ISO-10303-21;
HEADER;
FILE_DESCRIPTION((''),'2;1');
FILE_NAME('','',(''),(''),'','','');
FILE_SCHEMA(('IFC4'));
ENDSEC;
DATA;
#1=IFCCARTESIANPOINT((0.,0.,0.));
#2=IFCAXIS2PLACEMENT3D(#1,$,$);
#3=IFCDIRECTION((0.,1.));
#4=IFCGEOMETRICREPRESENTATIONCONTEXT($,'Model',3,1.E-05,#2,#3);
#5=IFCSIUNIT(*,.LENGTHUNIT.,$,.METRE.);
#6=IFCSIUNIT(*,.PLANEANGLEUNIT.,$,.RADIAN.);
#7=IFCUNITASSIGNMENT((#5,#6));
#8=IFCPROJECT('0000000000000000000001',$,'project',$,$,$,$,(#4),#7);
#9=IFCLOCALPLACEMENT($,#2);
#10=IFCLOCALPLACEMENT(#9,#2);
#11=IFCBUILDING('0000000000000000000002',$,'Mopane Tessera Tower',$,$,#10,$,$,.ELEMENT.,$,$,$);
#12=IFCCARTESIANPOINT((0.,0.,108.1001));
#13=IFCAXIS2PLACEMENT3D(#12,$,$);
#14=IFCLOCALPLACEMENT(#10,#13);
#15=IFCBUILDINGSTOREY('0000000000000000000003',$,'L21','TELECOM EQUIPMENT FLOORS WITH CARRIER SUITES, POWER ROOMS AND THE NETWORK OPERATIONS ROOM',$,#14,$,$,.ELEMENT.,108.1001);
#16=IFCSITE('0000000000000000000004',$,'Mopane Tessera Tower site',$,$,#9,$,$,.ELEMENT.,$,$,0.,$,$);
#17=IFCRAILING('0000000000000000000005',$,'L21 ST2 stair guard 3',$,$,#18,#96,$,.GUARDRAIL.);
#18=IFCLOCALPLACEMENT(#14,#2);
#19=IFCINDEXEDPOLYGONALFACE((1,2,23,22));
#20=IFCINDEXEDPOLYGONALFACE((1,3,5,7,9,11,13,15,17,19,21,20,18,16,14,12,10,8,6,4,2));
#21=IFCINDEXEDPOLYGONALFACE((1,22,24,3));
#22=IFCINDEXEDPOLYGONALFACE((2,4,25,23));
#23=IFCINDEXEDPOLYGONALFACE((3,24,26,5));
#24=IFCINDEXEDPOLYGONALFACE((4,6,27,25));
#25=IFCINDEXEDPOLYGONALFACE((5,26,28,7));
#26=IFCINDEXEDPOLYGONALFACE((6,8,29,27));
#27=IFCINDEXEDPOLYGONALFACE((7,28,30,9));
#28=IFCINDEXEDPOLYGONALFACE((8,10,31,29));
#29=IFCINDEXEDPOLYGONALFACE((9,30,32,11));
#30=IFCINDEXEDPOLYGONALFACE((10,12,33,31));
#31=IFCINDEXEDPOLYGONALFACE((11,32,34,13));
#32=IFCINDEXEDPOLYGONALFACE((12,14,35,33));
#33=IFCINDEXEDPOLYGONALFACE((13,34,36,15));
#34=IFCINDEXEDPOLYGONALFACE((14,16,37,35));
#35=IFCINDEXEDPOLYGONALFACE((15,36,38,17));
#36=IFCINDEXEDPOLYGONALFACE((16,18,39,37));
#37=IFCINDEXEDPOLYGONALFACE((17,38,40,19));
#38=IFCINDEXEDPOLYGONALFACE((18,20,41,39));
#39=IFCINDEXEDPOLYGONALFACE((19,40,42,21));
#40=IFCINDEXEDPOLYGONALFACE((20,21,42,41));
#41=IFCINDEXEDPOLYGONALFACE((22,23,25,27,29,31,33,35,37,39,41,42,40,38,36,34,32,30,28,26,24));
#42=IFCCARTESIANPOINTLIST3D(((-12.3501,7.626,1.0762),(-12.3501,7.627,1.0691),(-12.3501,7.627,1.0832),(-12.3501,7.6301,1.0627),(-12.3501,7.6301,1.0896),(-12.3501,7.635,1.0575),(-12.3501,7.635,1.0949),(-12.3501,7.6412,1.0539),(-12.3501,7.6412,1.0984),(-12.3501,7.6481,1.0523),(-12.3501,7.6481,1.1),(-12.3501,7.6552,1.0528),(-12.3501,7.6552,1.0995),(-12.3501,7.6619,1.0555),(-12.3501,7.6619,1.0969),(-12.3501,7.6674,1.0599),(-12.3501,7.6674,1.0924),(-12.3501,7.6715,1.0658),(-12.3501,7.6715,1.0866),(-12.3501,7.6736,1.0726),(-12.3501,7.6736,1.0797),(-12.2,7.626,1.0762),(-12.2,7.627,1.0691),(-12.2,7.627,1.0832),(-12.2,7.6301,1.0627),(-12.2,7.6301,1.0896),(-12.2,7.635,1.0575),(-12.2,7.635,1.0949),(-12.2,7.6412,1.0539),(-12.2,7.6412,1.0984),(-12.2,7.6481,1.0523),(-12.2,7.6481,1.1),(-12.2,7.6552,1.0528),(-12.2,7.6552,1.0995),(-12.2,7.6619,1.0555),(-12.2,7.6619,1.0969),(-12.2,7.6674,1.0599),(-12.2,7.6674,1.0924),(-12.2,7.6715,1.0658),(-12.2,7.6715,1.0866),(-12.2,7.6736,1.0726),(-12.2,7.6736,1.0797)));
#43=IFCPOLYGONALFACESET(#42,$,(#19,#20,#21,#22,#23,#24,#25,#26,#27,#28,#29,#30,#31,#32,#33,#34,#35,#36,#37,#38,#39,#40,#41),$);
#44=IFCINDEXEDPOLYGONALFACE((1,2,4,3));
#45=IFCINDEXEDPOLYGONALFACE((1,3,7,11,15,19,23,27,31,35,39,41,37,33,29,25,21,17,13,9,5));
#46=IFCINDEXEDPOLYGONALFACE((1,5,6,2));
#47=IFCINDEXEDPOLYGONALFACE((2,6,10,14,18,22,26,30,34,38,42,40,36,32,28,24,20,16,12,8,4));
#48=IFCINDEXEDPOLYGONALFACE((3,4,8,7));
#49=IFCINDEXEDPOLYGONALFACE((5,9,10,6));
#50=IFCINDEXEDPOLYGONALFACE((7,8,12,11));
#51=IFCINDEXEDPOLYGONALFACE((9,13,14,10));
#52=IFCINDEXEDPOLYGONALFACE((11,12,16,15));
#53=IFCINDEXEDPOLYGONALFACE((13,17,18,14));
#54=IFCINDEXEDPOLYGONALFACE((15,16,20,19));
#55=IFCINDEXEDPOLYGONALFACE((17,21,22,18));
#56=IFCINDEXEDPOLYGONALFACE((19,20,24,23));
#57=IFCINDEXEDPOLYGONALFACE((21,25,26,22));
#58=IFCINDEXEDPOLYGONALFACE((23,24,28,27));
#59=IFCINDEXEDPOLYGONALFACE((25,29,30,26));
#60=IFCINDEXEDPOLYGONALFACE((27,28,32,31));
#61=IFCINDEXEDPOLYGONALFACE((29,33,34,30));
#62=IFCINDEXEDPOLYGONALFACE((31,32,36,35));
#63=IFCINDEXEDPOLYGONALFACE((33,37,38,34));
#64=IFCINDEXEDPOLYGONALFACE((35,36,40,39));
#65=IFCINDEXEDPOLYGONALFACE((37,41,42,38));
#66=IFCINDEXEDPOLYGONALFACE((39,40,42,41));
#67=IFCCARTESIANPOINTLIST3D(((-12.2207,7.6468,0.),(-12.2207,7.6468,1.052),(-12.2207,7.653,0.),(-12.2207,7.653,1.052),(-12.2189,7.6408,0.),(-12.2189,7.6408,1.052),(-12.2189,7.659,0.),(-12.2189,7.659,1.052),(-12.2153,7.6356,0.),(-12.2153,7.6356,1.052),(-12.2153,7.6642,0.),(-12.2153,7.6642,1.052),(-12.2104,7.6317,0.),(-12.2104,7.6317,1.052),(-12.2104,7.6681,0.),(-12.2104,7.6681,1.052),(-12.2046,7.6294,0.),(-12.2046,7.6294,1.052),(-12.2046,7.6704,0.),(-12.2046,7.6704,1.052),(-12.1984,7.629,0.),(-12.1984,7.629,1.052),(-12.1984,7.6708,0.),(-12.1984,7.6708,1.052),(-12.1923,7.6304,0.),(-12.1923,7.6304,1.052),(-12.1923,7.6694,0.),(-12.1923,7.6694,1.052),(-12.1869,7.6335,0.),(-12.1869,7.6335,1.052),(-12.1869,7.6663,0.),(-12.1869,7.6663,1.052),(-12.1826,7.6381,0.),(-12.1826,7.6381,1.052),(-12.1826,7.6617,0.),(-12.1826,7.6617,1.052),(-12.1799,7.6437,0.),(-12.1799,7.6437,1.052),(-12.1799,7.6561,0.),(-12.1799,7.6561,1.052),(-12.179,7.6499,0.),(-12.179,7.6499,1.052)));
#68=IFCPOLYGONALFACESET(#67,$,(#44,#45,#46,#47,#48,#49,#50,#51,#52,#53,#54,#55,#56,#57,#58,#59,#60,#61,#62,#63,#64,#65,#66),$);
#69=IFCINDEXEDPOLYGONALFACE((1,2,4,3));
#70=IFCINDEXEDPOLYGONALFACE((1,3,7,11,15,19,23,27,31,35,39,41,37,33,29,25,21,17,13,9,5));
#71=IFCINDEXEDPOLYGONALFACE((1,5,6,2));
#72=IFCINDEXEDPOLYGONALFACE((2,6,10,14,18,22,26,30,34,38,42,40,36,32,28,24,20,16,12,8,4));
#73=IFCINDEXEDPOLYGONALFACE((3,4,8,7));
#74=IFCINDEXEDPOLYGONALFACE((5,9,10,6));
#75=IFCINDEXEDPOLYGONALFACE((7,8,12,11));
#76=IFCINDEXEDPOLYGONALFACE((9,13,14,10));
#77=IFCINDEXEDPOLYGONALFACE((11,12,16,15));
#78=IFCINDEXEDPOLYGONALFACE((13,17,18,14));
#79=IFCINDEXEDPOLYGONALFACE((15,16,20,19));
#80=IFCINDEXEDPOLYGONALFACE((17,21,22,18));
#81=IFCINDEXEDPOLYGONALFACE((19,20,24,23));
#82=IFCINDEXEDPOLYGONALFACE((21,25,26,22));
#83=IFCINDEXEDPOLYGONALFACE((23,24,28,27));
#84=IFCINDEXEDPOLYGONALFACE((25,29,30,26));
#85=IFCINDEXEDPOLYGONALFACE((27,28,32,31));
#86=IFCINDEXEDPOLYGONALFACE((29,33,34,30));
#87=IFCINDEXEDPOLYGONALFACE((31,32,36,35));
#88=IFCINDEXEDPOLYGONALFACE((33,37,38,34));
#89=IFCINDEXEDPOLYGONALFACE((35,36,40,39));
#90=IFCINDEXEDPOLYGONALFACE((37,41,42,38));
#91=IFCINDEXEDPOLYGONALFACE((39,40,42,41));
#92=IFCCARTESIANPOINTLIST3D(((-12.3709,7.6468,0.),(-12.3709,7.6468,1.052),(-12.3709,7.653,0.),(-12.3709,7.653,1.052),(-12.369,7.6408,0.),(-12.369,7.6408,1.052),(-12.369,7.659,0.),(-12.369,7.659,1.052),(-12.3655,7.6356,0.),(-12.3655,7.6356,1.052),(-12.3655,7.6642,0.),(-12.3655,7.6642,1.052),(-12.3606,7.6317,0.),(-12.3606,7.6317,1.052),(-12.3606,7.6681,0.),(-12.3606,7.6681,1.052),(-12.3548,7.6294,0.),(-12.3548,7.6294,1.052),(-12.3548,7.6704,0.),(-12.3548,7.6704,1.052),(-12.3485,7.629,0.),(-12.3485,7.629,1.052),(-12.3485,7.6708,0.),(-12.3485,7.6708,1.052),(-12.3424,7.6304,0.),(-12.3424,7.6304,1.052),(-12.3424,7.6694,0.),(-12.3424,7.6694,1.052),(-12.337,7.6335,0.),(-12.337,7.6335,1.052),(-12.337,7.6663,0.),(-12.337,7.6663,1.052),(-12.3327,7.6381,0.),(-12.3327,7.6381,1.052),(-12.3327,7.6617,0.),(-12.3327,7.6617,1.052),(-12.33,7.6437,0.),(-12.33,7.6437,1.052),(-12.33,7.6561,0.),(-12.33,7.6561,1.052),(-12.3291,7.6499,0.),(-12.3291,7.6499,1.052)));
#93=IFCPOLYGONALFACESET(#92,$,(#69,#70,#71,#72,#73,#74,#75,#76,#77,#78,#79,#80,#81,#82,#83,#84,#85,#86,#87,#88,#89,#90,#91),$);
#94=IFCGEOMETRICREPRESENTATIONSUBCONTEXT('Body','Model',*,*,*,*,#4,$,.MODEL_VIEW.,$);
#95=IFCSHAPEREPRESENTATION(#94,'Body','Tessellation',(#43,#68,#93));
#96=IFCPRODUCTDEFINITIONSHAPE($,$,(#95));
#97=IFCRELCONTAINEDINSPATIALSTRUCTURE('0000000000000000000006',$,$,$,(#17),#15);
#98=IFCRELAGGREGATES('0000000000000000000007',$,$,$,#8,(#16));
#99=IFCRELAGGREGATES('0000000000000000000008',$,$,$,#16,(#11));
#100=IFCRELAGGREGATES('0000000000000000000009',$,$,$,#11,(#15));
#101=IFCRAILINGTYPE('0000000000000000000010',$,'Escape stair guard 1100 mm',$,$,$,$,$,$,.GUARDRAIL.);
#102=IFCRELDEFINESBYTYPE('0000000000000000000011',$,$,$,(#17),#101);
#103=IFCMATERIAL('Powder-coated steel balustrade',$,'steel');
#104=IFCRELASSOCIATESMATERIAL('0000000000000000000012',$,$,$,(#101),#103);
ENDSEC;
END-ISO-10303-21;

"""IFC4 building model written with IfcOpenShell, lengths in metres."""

from ifc_helpers import new_model, si_unit, direction, frame, origin, origin_2d, place, context, subcontext, project, spatial, circle, extrude, material, type_object, element, save


model = new_model("IFC4")

# Units and contexts
model_context = context("Model", 3, precision=1e-05, world=origin(), true_north=direction((0.0, 1.0)))
body_context = subcontext(model_context, "Body", "Model", "MODEL_VIEW")
ifc_project = project(units=[si_unit("LENGTHUNIT", "METRE"), si_unit("PLANEANGLEUNIT", "RADIAN")], contexts=[model_context])

# Site, building, storey
site_placement = place(None, origin())
site = spatial("IfcSite", under=ifc_project, at=site_placement, Name="Mopane Tessera Tower site", CompositionType="ELEMENT", RefElevation=0.0)
building_placement = place(site_placement, origin())
building = spatial("IfcBuilding", under=site, at=building_placement, Name="Mopane Tessera Tower", CompositionType="ELEMENT")
storey_placement = place(building_placement, frame((0.0, 0.0, 108.1001)))
storey = spatial("IfcBuildingStorey", under=building, at=storey_placement, Name="L21", Description="TELECOM EQUIPMENT FLOORS WITH CARRIER SUITES, POWER ROOMS AND THE NETWORK OPERATIONS ROOM", CompositionType="ELEMENT", Elevation=108.1001)

# Railing
ifc_material_1 = material(Name="Powder-coated steel balustrade", Category="steel")
railing_type_1 = type_object("IfcRailingType", Name="Escape stair guard 1100 mm", PredefinedType="GUARDRAIL", material=ifc_material_1)
railing_1_placement = place(storey_placement, frame((-12.2, 7.6499, 0.0)))
element("IfcRailing", 1, at=railing_1_placement, inside=storey, type_object=railing_type_1, Name="L21 ST2 stair guard 3", PredefinedType="GUARDRAIL", context=body_context, shape_type="SweptSolid", body=[
    extrude(circle(Radius=0.0239, at=origin_2d()), frame((0.0, 0.0, 1.0762), z_axis=(-1.0, 0.0, 0.0), x_axis=(0.0, -1.0, 0.0)), (0.0, 0.0, 1.0), 0.1501),
    extrude(circle(Radius=0.021, at=origin_2d()), origin(), (0.0, 0.0, 1.0), 1.052),
    extrude(circle(Radius=0.021, at=origin_2d()), frame((-0.1501, 0.0, 0.0)), (0.0, 0.0, 1.0), 1.052),
])

save(model, "model.ifc")
